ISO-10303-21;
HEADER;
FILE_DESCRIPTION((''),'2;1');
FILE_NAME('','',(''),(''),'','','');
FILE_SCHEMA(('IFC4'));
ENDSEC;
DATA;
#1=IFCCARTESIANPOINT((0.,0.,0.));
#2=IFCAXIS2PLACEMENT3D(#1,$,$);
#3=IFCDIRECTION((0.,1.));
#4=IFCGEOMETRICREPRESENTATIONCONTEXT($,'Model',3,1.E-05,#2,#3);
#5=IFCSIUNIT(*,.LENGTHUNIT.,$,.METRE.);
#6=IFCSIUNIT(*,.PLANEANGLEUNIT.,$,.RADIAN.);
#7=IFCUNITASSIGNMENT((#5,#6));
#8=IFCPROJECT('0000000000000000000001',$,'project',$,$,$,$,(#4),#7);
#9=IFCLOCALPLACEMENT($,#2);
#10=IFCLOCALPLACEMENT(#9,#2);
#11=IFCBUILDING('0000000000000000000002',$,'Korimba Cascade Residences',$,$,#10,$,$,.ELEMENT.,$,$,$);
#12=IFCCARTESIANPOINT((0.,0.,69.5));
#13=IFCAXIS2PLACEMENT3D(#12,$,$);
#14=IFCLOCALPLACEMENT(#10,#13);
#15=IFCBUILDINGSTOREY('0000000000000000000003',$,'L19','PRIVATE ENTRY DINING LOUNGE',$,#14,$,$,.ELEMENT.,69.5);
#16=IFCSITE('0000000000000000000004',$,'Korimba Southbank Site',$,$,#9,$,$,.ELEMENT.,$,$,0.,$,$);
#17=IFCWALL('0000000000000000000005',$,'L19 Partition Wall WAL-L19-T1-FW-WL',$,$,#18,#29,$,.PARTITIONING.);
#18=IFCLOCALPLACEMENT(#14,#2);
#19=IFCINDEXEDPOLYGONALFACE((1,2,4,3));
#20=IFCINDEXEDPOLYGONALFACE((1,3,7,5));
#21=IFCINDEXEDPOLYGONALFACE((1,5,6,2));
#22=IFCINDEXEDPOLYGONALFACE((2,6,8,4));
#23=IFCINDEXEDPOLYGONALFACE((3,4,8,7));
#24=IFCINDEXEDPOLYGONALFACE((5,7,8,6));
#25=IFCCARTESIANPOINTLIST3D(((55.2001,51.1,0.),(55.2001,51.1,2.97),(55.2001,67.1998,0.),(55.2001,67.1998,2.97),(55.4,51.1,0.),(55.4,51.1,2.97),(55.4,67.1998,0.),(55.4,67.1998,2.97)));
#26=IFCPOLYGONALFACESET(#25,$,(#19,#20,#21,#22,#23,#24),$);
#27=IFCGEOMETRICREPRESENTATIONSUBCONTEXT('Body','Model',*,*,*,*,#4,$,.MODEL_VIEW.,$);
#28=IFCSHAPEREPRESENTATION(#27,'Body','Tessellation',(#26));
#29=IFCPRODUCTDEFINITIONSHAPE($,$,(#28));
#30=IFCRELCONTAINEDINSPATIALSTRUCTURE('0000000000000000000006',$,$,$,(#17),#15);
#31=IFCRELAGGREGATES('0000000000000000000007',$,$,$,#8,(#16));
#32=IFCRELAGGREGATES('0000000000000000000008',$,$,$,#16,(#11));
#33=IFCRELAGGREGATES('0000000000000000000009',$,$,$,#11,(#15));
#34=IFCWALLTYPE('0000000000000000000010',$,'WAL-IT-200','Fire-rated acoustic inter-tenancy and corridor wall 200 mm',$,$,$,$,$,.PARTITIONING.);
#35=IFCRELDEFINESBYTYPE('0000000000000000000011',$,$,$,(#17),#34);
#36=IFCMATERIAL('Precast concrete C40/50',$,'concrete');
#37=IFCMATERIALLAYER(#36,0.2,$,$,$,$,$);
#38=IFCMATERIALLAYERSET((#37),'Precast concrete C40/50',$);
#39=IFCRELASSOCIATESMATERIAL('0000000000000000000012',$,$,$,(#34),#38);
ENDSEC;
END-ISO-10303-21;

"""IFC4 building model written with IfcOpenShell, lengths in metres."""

from ifc_helpers import new_model, si_unit, direction, frame, frame_2d, origin, place, context, subcontext, project, spatial, rectangle, extrude, material, layer, layer_set, type_object, element, save


model = new_model("IFC4")

# Units and contexts
model_context = context("Model", 3, precision=1e-05, world=origin(), true_north=direction((0.0, 1.0)))
body_context = subcontext(model_context, "Body", "Model", "MODEL_VIEW")
ifc_project = project(units=[si_unit("LENGTHUNIT", "METRE"), si_unit("PLANEANGLEUNIT", "RADIAN")], contexts=[model_context])

# Site, building, storey
site_placement = place(None, origin())
site = spatial("IfcSite", under=ifc_project, at=site_placement, Name="Korimba Southbank Site", CompositionType="ELEMENT", RefElevation=0.0)
building_placement = place(site_placement, origin())
building = spatial("IfcBuilding", under=site, at=building_placement, Name="Korimba Cascade Residences", CompositionType="ELEMENT")
storey_placement = place(building_placement, frame((0.0, 0.0, 69.5)))
storey = spatial("IfcBuildingStorey", under=building, at=storey_placement, Name="L19", Description="PRIVATE ENTRY DINING LOUNGE", CompositionType="ELEMENT", Elevation=69.5)

# Shared definitions
ifc_material_1 = material(Name="Precast concrete C40/50", Category="concrete")

# Wall
ifc_layer_1 = layer(ifc_material_1, 0.2)
ifc_layer_set_1 = layer_set([ifc_layer_1], Name="Precast concrete C40/50")
wall_type_1 = type_object("IfcWallType", Name="WAL-IT-200", Description="Fire-rated acoustic inter-tenancy and corridor wall 200 mm", PredefinedType="PARTITIONING", material=ifc_layer_set_1)
wall_1_placement = place(storey_placement, frame((55.3, 51.1001, 0.0), z_axis=(0.0, 0.0, 1.0), x_axis=(0.0, 1.0, 0.0)))
element("IfcWall", 1, at=wall_1_placement, inside=storey, type_object=wall_type_1, Name="L19 Partition Wall WAL-L19-T1-FW-WL", PredefinedType="PARTITIONING", context=body_context, shape_type="SweptSolid", body=[
    extrude(rectangle(XDim=16.0999, YDim=0.2, at=frame_2d((8.0498, 0.0))), origin(), (0.0, 0.0, 1.0), 2.97),
])

save(model, "model.ifc")
